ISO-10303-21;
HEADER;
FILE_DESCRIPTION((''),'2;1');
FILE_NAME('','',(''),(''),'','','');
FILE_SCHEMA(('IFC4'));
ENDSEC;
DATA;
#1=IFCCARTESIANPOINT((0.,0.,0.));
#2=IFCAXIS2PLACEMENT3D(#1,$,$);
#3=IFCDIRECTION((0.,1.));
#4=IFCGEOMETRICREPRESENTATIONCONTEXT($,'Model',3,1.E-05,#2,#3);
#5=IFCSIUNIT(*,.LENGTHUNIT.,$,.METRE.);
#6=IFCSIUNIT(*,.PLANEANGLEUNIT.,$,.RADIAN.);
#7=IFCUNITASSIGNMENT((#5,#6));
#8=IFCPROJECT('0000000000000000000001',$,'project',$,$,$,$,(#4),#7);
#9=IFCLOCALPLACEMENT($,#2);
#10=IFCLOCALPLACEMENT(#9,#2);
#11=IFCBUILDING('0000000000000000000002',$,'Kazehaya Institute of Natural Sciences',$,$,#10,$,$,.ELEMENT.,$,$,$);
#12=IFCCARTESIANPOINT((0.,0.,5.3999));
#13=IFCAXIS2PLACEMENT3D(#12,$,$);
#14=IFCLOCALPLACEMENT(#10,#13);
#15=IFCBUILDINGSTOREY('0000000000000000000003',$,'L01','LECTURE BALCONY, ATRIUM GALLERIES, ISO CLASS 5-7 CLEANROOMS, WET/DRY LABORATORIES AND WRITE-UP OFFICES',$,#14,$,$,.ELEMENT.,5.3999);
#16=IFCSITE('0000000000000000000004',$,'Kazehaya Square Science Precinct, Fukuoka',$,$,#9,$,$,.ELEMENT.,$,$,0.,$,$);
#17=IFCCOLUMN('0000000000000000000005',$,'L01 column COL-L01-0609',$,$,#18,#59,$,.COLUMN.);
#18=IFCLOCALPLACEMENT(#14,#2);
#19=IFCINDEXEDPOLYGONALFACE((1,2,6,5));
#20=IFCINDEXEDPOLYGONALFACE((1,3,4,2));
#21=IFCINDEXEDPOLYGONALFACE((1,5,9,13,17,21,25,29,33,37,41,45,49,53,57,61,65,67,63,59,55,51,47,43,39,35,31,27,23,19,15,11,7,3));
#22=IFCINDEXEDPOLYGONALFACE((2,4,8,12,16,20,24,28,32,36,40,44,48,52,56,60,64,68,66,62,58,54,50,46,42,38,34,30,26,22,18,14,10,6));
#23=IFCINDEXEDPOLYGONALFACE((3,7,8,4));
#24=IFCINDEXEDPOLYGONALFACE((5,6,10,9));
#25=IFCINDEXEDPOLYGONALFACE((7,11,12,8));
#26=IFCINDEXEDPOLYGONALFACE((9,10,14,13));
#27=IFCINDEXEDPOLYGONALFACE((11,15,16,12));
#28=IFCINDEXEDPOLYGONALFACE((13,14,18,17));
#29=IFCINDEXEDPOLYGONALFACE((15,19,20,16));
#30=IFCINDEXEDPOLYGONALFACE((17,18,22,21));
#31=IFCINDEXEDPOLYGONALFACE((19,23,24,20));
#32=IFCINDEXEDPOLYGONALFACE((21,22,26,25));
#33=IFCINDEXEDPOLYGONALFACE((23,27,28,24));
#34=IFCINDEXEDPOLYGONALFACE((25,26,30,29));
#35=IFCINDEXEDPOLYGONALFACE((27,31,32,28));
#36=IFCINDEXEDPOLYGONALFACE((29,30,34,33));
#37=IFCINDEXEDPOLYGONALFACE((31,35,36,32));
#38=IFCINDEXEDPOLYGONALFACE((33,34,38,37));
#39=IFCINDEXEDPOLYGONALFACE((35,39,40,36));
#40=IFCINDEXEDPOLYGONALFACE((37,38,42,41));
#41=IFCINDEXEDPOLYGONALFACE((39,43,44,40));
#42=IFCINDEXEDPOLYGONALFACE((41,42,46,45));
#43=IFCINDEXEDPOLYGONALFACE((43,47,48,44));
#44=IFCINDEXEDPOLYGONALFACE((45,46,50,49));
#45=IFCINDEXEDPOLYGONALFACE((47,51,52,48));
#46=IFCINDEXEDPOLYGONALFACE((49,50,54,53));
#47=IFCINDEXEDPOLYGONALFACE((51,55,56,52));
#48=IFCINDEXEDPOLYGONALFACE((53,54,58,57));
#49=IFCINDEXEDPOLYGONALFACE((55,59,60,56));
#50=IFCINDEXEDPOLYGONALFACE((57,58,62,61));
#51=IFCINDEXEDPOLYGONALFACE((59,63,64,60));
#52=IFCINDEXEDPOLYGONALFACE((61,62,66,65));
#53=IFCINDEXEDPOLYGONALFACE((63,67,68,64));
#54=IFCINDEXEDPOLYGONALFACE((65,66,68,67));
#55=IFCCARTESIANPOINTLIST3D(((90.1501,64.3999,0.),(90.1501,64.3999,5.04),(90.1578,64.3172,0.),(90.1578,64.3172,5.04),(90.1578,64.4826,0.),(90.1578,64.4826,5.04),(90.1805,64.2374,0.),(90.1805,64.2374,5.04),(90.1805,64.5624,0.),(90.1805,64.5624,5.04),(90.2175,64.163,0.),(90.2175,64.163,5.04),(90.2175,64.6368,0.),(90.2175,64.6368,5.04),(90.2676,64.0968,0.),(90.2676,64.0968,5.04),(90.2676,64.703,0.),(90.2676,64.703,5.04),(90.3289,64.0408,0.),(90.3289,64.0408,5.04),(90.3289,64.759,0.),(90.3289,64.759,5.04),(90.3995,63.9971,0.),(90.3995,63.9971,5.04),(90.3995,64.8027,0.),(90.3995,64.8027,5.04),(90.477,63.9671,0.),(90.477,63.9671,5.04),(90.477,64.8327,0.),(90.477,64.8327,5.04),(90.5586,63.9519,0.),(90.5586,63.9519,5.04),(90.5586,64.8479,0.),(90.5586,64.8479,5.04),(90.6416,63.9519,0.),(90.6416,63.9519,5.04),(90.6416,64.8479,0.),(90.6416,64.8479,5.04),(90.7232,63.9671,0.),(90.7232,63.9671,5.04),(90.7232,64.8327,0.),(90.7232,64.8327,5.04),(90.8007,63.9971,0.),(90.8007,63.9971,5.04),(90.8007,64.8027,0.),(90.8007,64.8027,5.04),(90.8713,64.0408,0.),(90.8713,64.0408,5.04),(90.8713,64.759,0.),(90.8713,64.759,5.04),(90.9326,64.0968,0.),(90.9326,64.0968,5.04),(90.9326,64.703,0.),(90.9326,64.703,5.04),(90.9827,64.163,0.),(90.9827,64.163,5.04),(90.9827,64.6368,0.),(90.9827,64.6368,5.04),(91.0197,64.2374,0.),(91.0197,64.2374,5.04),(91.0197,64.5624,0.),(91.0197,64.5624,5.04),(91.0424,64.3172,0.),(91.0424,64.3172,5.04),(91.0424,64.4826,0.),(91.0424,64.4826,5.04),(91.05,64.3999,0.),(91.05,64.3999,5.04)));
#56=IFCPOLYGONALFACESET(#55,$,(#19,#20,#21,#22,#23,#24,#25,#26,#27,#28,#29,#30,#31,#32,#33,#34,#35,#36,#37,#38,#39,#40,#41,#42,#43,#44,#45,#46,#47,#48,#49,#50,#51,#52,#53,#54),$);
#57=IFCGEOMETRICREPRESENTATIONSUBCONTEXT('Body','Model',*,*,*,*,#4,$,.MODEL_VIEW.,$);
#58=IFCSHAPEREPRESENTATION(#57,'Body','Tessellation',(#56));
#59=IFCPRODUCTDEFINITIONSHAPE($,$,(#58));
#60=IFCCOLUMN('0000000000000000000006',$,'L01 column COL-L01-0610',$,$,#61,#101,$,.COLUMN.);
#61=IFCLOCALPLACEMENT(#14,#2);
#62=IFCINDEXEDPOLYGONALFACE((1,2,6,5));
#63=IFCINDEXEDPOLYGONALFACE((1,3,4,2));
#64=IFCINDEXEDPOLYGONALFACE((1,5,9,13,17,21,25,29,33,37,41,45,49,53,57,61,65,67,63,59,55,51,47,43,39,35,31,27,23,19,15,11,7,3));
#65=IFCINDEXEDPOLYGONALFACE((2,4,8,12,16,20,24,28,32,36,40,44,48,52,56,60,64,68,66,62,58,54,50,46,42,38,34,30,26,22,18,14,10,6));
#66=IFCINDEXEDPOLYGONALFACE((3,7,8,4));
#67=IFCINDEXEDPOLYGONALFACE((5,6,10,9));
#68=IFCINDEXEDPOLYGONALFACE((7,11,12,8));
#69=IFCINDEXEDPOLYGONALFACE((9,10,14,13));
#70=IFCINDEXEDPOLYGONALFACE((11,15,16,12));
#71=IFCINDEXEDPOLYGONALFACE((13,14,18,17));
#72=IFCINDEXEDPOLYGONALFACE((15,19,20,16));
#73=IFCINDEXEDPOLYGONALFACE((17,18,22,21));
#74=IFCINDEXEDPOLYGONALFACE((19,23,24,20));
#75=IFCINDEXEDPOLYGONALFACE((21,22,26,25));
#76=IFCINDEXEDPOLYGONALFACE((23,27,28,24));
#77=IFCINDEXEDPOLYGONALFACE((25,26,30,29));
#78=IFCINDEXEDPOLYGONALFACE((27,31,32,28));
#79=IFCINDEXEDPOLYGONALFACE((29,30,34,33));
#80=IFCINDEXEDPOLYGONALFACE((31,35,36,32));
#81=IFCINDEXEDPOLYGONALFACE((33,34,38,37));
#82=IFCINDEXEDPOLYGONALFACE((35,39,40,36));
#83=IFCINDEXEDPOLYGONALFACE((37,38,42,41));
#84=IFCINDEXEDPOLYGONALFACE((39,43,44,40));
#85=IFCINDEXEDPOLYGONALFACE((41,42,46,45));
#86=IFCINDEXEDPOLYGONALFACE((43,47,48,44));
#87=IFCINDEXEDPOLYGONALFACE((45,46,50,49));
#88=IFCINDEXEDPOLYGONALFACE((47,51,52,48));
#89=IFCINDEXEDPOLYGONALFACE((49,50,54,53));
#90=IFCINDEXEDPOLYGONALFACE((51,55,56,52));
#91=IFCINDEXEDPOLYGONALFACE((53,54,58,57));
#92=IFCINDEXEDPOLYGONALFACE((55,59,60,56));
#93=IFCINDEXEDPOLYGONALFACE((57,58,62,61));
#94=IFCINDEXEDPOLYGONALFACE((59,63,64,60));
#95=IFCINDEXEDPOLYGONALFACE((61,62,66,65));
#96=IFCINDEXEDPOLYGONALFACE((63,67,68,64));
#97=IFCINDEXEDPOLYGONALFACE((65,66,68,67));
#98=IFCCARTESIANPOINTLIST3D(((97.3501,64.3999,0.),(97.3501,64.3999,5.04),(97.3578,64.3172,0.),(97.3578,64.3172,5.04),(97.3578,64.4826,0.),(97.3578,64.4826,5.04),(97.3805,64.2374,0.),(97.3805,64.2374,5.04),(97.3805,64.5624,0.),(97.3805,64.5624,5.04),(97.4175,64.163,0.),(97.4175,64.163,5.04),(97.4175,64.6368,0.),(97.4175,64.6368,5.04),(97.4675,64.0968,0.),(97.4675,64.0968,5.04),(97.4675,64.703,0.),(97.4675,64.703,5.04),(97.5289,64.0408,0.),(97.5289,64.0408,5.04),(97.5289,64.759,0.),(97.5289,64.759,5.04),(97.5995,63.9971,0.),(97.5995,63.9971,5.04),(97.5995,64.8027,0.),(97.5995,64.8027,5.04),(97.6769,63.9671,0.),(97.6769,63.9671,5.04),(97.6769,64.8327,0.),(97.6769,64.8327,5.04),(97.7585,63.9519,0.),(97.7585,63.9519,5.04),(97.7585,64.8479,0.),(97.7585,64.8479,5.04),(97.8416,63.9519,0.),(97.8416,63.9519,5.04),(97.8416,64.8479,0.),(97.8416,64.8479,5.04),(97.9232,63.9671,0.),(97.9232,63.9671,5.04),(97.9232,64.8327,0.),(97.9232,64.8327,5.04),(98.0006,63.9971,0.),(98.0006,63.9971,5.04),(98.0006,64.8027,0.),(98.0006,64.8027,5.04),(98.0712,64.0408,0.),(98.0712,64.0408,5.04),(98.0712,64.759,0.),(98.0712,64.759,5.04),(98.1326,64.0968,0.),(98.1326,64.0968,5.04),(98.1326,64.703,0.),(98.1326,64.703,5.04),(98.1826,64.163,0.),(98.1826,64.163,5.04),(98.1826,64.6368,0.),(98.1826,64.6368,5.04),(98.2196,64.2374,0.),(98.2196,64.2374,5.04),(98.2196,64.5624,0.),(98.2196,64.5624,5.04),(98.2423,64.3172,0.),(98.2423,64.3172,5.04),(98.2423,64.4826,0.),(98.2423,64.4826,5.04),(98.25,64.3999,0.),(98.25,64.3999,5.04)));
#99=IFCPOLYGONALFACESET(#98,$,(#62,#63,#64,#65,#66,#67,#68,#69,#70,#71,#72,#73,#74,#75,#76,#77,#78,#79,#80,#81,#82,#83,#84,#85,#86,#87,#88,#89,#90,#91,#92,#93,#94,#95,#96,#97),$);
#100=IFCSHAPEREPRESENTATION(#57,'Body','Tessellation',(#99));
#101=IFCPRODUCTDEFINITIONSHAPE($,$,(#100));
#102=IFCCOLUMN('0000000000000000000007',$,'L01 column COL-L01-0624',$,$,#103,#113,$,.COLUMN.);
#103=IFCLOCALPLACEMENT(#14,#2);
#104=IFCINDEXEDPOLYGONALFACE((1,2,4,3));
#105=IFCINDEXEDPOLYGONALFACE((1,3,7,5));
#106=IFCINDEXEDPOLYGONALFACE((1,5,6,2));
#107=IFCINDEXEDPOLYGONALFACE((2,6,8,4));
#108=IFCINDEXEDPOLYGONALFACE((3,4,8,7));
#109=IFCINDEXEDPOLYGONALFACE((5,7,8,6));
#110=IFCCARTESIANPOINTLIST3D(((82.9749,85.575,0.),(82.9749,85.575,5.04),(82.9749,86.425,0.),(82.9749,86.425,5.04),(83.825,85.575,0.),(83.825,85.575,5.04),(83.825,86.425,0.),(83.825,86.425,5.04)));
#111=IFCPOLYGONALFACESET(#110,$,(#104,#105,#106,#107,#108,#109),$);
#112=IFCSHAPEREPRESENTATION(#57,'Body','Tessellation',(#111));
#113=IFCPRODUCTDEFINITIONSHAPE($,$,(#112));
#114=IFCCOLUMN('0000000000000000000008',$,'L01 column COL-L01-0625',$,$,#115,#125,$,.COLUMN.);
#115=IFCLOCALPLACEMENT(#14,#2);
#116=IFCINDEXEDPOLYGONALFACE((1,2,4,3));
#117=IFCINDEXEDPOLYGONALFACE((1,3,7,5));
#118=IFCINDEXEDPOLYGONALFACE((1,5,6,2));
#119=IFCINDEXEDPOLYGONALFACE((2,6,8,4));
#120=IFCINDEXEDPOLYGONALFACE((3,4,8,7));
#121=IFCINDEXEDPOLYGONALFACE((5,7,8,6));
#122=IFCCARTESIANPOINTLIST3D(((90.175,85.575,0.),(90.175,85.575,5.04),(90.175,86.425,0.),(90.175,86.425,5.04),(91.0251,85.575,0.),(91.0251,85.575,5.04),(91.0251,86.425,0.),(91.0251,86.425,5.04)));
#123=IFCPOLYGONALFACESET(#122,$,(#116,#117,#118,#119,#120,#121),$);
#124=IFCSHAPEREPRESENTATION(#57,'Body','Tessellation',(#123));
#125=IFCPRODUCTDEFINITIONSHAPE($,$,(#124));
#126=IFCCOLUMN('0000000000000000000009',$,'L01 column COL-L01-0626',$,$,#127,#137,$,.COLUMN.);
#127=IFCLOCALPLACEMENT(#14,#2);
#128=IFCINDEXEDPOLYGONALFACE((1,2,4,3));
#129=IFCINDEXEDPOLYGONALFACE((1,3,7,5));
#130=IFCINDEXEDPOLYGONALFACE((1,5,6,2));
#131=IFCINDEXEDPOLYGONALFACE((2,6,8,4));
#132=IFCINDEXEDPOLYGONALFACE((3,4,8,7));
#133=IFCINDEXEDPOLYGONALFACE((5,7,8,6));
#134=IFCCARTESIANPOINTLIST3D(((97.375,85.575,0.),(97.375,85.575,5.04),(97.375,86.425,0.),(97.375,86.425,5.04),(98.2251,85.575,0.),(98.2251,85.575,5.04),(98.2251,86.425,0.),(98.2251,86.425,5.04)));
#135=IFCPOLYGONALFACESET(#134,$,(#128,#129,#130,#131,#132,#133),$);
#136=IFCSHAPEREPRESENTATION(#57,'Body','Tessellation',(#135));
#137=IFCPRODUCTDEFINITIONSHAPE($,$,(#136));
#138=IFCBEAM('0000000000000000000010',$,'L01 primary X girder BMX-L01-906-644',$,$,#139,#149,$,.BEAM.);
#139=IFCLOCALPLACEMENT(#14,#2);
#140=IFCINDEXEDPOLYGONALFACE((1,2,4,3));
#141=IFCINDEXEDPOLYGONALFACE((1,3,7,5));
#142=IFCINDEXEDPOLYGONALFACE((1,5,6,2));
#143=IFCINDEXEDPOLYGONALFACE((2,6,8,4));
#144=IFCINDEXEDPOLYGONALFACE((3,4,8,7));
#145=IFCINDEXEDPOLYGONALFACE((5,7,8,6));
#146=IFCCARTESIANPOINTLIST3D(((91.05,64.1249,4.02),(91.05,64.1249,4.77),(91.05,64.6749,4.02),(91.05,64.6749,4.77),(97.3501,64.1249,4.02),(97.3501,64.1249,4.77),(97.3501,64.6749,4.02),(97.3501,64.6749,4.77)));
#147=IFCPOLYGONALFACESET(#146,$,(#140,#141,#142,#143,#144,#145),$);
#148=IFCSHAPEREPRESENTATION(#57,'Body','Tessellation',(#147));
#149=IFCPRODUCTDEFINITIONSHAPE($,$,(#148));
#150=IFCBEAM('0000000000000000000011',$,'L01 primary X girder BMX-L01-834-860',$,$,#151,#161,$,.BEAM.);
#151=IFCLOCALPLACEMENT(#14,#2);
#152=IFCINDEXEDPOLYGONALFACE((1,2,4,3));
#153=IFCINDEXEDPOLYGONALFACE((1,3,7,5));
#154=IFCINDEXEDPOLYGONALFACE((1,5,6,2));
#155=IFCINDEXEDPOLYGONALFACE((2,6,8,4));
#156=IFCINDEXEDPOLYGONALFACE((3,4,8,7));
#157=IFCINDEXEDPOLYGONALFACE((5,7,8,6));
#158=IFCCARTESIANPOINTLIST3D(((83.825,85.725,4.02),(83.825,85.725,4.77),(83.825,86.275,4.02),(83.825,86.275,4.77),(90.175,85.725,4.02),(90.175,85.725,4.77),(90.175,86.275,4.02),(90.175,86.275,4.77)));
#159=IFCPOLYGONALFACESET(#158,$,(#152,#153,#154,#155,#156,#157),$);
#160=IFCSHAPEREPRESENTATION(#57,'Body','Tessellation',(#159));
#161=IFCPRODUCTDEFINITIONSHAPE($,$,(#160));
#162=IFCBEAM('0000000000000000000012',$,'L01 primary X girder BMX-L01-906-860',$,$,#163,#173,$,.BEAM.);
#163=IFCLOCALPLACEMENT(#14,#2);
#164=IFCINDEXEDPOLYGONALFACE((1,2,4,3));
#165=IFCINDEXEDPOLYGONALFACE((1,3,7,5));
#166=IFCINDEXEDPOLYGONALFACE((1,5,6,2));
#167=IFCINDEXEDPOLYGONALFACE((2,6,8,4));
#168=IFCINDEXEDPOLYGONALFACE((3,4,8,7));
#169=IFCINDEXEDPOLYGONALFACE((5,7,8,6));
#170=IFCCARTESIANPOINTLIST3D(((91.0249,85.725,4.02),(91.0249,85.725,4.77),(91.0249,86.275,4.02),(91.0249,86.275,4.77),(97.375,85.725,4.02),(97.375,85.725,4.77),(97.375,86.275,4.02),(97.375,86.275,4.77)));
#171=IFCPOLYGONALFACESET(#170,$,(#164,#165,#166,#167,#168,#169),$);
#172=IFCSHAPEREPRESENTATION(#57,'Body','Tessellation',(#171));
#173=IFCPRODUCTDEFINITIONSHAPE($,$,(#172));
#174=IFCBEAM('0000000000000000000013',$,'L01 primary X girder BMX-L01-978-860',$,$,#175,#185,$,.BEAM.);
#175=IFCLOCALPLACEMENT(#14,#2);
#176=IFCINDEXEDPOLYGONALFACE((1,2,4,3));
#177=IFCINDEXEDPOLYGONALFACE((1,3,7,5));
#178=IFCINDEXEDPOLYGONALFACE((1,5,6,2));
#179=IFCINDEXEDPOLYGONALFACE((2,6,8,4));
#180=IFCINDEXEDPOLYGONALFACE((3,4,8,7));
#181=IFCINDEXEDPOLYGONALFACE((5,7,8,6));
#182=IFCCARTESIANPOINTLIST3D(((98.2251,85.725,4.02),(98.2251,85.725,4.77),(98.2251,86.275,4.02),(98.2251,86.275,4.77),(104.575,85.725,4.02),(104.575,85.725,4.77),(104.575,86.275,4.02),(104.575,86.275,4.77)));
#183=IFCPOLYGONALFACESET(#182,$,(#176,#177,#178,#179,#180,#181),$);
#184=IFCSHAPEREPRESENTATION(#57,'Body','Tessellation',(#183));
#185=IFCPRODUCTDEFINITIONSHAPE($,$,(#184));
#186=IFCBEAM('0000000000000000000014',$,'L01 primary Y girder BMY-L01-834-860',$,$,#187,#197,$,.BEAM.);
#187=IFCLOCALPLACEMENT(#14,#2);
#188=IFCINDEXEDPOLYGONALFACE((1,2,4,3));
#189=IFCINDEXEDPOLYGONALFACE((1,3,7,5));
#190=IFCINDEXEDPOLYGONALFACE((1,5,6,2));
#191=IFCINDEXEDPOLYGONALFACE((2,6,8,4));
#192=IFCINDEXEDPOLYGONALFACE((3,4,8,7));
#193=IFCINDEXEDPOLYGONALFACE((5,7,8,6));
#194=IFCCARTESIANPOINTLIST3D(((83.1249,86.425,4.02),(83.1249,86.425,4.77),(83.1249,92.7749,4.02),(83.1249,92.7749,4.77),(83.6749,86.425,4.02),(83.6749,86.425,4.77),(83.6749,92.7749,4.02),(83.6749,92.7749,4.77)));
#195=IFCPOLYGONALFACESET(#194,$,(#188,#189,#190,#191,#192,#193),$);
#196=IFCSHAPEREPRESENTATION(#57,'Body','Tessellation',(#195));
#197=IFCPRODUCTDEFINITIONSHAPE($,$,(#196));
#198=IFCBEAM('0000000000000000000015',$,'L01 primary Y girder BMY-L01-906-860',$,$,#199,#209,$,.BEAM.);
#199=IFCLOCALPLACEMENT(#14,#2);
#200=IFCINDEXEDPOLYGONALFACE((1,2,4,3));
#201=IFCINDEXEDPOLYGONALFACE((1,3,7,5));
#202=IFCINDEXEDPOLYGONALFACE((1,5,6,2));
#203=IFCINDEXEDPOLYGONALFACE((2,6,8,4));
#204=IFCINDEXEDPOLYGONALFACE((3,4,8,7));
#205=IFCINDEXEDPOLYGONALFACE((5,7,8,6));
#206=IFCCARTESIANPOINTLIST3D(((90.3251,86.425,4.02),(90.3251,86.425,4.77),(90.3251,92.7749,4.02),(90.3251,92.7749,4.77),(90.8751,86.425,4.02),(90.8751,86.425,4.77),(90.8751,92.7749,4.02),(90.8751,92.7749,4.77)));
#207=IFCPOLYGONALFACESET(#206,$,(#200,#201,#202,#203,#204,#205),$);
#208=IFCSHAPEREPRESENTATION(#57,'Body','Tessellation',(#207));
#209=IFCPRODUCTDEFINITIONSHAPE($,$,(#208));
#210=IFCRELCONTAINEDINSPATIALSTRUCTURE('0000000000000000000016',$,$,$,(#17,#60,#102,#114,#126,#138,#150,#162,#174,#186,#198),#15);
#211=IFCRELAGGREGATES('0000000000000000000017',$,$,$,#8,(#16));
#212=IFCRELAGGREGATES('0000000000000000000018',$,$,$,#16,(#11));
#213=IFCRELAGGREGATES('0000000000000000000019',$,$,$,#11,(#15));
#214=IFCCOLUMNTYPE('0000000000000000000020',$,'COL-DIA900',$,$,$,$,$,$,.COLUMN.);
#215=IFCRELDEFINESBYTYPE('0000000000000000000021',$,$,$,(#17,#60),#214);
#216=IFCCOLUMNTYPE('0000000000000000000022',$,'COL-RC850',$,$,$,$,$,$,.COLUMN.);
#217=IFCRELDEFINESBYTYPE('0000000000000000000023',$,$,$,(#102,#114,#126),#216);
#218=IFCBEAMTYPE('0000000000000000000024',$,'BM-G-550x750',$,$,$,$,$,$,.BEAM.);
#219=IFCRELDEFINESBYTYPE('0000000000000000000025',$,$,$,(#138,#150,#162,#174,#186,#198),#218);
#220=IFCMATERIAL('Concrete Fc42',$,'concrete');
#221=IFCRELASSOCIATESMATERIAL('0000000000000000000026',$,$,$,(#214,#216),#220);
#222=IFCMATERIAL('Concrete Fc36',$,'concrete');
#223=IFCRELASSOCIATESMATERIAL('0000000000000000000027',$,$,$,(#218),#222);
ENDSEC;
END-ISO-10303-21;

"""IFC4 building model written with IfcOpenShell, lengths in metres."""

from ifc_helpers import new_model, si_unit, direction, frame, origin, origin_2d, place, context, subcontext, project, spatial, rectangle, circle, extrude, material, material_profile, profile_set, type_object, element, save


model = new_model("IFC4")

# Units and contexts
model_context = context("Model", 3, precision=1e-05, world=origin(), true_north=direction((0.0, 1.0)))
body_context = subcontext(model_context, "Body", "Model", "MODEL_VIEW")
ifc_project = project(units=[si_unit("LENGTHUNIT", "METRE"), si_unit("PLANEANGLEUNIT", "RADIAN")], contexts=[model_context])

# Site, building, storey
site_placement = place(None, origin())
site = spatial("IfcSite", under=ifc_project, at=site_placement, Name="Kazehaya Square Science Precinct, Fukuoka", CompositionType="ELEMENT", RefElevation=0.0)
building_placement = place(site_placement, origin())
building = spatial("IfcBuilding", under=site, at=building_placement, Name="Kazehaya Institute of Natural Sciences", CompositionType="ELEMENT")
storey_placement = place(building_placement, frame((0.0, 0.0, 5.3999)))
storey = spatial("IfcBuildingStorey", under=building, at=storey_placement, Name="L01", Description="LECTURE BALCONY, ATRIUM GALLERIES, ISO CLASS 5-7 CLEANROOMS, WET/DRY LABORATORIES AND WRITE-UP OFFICES", CompositionType="ELEMENT", Elevation=5.3999)

# Columns
ifc_material_1 = material(Name="Concrete Fc42", Category="concrete")
ifc_material_profile_1 = material_profile(ifc_material_1, circle(Radius=0.45, at=origin_2d()), Name="RC-DIA900")
ifc_profile_set_1 = profile_set([ifc_material_profile_1], Name="Concrete Fc42")
column_type_1 = type_object("IfcColumnType", Name="COL-DIA900", PredefinedType="COLUMN", material=ifc_profile_set_1)
for number, where, z_axis, x_axis, name in (
    (1, (90.6001, 64.3999, 0.0), (0.0, 0.0, 1.0), (1.0, 0.0, 0.0), "L01 column COL-L01-0609"),
    (2, (97.8, 64.3999, 0.0), (0.0, 0.0, 1.0), (1.0, 0.0, 0.0), "L01 column COL-L01-0610"),
):
    element("IfcColumn", number, at=place(storey_placement, frame(where, z_axis=z_axis, x_axis=x_axis)), inside=storey, type_object=column_type_1, Name=name, PredefinedType="COLUMN", context=body_context, shape_type="SweptSolid", body=[
        extrude(circle(Radius=0.45, at=origin_2d()), origin(), (0.0, 0.0, 1.0), 5.04),
    ])
ifc_material_profile_2 = material_profile(ifc_material_1, rectangle(XDim=0.8501, YDim=0.8501, at=origin_2d()), Name="RC-850x850")
ifc_profile_set_2 = profile_set([ifc_material_profile_2], Name="Concrete Fc42")
column_type_2 = type_object("IfcColumnType", Name="COL-RC850", PredefinedType="COLUMN", material=ifc_profile_set_2)
for number, where, z_axis, x_axis, name in (
    (3, (83.3999, 86.0, 0.0), (0.0, 0.0, 1.0), (1.0, 0.0, 0.0), "L01 column COL-L01-0624"),
    (4, (90.6001, 86.0, 0.0), (0.0, 0.0, 1.0), (1.0, 0.0, 0.0), "L01 column COL-L01-0625"),
    (5, (97.8, 86.0, 0.0), (0.0, 0.0, 1.0), (1.0, 0.0, 0.0), "L01 column COL-L01-0626"),
):
    element("IfcColumn", number, at=place(storey_placement, frame(where, z_axis=z_axis, x_axis=x_axis)), inside=storey, type_object=column_type_2, Name=name, PredefinedType="COLUMN", context=body_context, shape_type="SweptSolid", body=[
        extrude(rectangle(XDim=0.8501, YDim=0.8501, at=origin_2d()), origin(), (0.0, 0.0, 1.0), 5.04),
    ])

# Beams
ifc_material_2 = material(Name="Concrete Fc36", Category="concrete")
ifc_material_profile_3 = material_profile(ifc_material_2, rectangle(XDim=0.55, YDim=0.75, at=origin_2d()), Name="RC-550x750")
ifc_profile_set_3 = profile_set([ifc_material_profile_3], Name="Concrete Fc36")
beam_type = type_object("IfcBeamType", Name="BM-G-550x750", PredefinedType="BEAM", material=ifc_profile_set_3)
beam_placement = place(storey_placement, frame((91.05, 64.3999, 4.395), z_axis=(1.0, 0.0, 0.0), x_axis=(0.0, 1.0, 0.0)))
element("IfcBeam", 6, at=beam_placement, inside=storey, type_object=beam_type, Name="L01 primary X girder BMX-L01-906-644", PredefinedType="BEAM", context=body_context, shape_type="SweptSolid", body=[
    extrude(rectangle(XDim=0.55, YDim=0.75, at=origin_2d()), origin(), (0.0, 0.0, 1.0), 6.3),
])
for number, where, z_axis, x_axis, name in (
    (7, (83.825, 86.0, 4.395), (1.0, 0.0, 0.0), (0.0, 1.0, 0.0), "L01 primary X girder BMX-L01-834-860"),
    (8, (91.0249, 86.0, 4.395), (1.0, 0.0, 0.0), (0.0, 1.0, 0.0), "L01 primary X girder BMX-L01-906-860"),
):
    element("IfcBeam", number, at=place(storey_placement, frame(where, z_axis=z_axis, x_axis=x_axis)), inside=storey, type_object=beam_type, Name=name, PredefinedType="BEAM", context=body_context, shape_type="SweptSolid", body=[
        extrude(rectangle(XDim=0.55, YDim=0.75, at=origin_2d()), origin(), (0.0, 0.0, 1.0), 6.3501),
    ])
for number, where, z_axis, x_axis, name in (
    (9, (98.2251, 86.0, 4.395), (1.0, 0.0, 0.0), (0.0, 1.0, 0.0), "L01 primary X girder BMX-L01-978-860"),
    (10, (83.3999, 86.425, 4.395), (0.0, 1.0, 0.0), (-1.0, 0.0, 0.0), "L01 primary Y girder BMY-L01-834-860"),
    (11, (90.6001, 86.425, 4.395), (0.0, 1.0, 0.0), (-1.0, 0.0, 0.0), "L01 primary Y girder BMY-L01-906-860"),
):
    element("IfcBeam", number, at=place(storey_placement, frame(where, z_axis=z_axis, x_axis=x_axis)), inside=storey, type_object=beam_type, Name=name, PredefinedType="BEAM", context=body_context, shape_type="SweptSolid", body=[
        extrude(rectangle(XDim=0.55, YDim=0.75, at=origin_2d()), origin(), (0.0, 0.0, 1.0), 6.3499),
    ])

save(model, "model.ifc")
